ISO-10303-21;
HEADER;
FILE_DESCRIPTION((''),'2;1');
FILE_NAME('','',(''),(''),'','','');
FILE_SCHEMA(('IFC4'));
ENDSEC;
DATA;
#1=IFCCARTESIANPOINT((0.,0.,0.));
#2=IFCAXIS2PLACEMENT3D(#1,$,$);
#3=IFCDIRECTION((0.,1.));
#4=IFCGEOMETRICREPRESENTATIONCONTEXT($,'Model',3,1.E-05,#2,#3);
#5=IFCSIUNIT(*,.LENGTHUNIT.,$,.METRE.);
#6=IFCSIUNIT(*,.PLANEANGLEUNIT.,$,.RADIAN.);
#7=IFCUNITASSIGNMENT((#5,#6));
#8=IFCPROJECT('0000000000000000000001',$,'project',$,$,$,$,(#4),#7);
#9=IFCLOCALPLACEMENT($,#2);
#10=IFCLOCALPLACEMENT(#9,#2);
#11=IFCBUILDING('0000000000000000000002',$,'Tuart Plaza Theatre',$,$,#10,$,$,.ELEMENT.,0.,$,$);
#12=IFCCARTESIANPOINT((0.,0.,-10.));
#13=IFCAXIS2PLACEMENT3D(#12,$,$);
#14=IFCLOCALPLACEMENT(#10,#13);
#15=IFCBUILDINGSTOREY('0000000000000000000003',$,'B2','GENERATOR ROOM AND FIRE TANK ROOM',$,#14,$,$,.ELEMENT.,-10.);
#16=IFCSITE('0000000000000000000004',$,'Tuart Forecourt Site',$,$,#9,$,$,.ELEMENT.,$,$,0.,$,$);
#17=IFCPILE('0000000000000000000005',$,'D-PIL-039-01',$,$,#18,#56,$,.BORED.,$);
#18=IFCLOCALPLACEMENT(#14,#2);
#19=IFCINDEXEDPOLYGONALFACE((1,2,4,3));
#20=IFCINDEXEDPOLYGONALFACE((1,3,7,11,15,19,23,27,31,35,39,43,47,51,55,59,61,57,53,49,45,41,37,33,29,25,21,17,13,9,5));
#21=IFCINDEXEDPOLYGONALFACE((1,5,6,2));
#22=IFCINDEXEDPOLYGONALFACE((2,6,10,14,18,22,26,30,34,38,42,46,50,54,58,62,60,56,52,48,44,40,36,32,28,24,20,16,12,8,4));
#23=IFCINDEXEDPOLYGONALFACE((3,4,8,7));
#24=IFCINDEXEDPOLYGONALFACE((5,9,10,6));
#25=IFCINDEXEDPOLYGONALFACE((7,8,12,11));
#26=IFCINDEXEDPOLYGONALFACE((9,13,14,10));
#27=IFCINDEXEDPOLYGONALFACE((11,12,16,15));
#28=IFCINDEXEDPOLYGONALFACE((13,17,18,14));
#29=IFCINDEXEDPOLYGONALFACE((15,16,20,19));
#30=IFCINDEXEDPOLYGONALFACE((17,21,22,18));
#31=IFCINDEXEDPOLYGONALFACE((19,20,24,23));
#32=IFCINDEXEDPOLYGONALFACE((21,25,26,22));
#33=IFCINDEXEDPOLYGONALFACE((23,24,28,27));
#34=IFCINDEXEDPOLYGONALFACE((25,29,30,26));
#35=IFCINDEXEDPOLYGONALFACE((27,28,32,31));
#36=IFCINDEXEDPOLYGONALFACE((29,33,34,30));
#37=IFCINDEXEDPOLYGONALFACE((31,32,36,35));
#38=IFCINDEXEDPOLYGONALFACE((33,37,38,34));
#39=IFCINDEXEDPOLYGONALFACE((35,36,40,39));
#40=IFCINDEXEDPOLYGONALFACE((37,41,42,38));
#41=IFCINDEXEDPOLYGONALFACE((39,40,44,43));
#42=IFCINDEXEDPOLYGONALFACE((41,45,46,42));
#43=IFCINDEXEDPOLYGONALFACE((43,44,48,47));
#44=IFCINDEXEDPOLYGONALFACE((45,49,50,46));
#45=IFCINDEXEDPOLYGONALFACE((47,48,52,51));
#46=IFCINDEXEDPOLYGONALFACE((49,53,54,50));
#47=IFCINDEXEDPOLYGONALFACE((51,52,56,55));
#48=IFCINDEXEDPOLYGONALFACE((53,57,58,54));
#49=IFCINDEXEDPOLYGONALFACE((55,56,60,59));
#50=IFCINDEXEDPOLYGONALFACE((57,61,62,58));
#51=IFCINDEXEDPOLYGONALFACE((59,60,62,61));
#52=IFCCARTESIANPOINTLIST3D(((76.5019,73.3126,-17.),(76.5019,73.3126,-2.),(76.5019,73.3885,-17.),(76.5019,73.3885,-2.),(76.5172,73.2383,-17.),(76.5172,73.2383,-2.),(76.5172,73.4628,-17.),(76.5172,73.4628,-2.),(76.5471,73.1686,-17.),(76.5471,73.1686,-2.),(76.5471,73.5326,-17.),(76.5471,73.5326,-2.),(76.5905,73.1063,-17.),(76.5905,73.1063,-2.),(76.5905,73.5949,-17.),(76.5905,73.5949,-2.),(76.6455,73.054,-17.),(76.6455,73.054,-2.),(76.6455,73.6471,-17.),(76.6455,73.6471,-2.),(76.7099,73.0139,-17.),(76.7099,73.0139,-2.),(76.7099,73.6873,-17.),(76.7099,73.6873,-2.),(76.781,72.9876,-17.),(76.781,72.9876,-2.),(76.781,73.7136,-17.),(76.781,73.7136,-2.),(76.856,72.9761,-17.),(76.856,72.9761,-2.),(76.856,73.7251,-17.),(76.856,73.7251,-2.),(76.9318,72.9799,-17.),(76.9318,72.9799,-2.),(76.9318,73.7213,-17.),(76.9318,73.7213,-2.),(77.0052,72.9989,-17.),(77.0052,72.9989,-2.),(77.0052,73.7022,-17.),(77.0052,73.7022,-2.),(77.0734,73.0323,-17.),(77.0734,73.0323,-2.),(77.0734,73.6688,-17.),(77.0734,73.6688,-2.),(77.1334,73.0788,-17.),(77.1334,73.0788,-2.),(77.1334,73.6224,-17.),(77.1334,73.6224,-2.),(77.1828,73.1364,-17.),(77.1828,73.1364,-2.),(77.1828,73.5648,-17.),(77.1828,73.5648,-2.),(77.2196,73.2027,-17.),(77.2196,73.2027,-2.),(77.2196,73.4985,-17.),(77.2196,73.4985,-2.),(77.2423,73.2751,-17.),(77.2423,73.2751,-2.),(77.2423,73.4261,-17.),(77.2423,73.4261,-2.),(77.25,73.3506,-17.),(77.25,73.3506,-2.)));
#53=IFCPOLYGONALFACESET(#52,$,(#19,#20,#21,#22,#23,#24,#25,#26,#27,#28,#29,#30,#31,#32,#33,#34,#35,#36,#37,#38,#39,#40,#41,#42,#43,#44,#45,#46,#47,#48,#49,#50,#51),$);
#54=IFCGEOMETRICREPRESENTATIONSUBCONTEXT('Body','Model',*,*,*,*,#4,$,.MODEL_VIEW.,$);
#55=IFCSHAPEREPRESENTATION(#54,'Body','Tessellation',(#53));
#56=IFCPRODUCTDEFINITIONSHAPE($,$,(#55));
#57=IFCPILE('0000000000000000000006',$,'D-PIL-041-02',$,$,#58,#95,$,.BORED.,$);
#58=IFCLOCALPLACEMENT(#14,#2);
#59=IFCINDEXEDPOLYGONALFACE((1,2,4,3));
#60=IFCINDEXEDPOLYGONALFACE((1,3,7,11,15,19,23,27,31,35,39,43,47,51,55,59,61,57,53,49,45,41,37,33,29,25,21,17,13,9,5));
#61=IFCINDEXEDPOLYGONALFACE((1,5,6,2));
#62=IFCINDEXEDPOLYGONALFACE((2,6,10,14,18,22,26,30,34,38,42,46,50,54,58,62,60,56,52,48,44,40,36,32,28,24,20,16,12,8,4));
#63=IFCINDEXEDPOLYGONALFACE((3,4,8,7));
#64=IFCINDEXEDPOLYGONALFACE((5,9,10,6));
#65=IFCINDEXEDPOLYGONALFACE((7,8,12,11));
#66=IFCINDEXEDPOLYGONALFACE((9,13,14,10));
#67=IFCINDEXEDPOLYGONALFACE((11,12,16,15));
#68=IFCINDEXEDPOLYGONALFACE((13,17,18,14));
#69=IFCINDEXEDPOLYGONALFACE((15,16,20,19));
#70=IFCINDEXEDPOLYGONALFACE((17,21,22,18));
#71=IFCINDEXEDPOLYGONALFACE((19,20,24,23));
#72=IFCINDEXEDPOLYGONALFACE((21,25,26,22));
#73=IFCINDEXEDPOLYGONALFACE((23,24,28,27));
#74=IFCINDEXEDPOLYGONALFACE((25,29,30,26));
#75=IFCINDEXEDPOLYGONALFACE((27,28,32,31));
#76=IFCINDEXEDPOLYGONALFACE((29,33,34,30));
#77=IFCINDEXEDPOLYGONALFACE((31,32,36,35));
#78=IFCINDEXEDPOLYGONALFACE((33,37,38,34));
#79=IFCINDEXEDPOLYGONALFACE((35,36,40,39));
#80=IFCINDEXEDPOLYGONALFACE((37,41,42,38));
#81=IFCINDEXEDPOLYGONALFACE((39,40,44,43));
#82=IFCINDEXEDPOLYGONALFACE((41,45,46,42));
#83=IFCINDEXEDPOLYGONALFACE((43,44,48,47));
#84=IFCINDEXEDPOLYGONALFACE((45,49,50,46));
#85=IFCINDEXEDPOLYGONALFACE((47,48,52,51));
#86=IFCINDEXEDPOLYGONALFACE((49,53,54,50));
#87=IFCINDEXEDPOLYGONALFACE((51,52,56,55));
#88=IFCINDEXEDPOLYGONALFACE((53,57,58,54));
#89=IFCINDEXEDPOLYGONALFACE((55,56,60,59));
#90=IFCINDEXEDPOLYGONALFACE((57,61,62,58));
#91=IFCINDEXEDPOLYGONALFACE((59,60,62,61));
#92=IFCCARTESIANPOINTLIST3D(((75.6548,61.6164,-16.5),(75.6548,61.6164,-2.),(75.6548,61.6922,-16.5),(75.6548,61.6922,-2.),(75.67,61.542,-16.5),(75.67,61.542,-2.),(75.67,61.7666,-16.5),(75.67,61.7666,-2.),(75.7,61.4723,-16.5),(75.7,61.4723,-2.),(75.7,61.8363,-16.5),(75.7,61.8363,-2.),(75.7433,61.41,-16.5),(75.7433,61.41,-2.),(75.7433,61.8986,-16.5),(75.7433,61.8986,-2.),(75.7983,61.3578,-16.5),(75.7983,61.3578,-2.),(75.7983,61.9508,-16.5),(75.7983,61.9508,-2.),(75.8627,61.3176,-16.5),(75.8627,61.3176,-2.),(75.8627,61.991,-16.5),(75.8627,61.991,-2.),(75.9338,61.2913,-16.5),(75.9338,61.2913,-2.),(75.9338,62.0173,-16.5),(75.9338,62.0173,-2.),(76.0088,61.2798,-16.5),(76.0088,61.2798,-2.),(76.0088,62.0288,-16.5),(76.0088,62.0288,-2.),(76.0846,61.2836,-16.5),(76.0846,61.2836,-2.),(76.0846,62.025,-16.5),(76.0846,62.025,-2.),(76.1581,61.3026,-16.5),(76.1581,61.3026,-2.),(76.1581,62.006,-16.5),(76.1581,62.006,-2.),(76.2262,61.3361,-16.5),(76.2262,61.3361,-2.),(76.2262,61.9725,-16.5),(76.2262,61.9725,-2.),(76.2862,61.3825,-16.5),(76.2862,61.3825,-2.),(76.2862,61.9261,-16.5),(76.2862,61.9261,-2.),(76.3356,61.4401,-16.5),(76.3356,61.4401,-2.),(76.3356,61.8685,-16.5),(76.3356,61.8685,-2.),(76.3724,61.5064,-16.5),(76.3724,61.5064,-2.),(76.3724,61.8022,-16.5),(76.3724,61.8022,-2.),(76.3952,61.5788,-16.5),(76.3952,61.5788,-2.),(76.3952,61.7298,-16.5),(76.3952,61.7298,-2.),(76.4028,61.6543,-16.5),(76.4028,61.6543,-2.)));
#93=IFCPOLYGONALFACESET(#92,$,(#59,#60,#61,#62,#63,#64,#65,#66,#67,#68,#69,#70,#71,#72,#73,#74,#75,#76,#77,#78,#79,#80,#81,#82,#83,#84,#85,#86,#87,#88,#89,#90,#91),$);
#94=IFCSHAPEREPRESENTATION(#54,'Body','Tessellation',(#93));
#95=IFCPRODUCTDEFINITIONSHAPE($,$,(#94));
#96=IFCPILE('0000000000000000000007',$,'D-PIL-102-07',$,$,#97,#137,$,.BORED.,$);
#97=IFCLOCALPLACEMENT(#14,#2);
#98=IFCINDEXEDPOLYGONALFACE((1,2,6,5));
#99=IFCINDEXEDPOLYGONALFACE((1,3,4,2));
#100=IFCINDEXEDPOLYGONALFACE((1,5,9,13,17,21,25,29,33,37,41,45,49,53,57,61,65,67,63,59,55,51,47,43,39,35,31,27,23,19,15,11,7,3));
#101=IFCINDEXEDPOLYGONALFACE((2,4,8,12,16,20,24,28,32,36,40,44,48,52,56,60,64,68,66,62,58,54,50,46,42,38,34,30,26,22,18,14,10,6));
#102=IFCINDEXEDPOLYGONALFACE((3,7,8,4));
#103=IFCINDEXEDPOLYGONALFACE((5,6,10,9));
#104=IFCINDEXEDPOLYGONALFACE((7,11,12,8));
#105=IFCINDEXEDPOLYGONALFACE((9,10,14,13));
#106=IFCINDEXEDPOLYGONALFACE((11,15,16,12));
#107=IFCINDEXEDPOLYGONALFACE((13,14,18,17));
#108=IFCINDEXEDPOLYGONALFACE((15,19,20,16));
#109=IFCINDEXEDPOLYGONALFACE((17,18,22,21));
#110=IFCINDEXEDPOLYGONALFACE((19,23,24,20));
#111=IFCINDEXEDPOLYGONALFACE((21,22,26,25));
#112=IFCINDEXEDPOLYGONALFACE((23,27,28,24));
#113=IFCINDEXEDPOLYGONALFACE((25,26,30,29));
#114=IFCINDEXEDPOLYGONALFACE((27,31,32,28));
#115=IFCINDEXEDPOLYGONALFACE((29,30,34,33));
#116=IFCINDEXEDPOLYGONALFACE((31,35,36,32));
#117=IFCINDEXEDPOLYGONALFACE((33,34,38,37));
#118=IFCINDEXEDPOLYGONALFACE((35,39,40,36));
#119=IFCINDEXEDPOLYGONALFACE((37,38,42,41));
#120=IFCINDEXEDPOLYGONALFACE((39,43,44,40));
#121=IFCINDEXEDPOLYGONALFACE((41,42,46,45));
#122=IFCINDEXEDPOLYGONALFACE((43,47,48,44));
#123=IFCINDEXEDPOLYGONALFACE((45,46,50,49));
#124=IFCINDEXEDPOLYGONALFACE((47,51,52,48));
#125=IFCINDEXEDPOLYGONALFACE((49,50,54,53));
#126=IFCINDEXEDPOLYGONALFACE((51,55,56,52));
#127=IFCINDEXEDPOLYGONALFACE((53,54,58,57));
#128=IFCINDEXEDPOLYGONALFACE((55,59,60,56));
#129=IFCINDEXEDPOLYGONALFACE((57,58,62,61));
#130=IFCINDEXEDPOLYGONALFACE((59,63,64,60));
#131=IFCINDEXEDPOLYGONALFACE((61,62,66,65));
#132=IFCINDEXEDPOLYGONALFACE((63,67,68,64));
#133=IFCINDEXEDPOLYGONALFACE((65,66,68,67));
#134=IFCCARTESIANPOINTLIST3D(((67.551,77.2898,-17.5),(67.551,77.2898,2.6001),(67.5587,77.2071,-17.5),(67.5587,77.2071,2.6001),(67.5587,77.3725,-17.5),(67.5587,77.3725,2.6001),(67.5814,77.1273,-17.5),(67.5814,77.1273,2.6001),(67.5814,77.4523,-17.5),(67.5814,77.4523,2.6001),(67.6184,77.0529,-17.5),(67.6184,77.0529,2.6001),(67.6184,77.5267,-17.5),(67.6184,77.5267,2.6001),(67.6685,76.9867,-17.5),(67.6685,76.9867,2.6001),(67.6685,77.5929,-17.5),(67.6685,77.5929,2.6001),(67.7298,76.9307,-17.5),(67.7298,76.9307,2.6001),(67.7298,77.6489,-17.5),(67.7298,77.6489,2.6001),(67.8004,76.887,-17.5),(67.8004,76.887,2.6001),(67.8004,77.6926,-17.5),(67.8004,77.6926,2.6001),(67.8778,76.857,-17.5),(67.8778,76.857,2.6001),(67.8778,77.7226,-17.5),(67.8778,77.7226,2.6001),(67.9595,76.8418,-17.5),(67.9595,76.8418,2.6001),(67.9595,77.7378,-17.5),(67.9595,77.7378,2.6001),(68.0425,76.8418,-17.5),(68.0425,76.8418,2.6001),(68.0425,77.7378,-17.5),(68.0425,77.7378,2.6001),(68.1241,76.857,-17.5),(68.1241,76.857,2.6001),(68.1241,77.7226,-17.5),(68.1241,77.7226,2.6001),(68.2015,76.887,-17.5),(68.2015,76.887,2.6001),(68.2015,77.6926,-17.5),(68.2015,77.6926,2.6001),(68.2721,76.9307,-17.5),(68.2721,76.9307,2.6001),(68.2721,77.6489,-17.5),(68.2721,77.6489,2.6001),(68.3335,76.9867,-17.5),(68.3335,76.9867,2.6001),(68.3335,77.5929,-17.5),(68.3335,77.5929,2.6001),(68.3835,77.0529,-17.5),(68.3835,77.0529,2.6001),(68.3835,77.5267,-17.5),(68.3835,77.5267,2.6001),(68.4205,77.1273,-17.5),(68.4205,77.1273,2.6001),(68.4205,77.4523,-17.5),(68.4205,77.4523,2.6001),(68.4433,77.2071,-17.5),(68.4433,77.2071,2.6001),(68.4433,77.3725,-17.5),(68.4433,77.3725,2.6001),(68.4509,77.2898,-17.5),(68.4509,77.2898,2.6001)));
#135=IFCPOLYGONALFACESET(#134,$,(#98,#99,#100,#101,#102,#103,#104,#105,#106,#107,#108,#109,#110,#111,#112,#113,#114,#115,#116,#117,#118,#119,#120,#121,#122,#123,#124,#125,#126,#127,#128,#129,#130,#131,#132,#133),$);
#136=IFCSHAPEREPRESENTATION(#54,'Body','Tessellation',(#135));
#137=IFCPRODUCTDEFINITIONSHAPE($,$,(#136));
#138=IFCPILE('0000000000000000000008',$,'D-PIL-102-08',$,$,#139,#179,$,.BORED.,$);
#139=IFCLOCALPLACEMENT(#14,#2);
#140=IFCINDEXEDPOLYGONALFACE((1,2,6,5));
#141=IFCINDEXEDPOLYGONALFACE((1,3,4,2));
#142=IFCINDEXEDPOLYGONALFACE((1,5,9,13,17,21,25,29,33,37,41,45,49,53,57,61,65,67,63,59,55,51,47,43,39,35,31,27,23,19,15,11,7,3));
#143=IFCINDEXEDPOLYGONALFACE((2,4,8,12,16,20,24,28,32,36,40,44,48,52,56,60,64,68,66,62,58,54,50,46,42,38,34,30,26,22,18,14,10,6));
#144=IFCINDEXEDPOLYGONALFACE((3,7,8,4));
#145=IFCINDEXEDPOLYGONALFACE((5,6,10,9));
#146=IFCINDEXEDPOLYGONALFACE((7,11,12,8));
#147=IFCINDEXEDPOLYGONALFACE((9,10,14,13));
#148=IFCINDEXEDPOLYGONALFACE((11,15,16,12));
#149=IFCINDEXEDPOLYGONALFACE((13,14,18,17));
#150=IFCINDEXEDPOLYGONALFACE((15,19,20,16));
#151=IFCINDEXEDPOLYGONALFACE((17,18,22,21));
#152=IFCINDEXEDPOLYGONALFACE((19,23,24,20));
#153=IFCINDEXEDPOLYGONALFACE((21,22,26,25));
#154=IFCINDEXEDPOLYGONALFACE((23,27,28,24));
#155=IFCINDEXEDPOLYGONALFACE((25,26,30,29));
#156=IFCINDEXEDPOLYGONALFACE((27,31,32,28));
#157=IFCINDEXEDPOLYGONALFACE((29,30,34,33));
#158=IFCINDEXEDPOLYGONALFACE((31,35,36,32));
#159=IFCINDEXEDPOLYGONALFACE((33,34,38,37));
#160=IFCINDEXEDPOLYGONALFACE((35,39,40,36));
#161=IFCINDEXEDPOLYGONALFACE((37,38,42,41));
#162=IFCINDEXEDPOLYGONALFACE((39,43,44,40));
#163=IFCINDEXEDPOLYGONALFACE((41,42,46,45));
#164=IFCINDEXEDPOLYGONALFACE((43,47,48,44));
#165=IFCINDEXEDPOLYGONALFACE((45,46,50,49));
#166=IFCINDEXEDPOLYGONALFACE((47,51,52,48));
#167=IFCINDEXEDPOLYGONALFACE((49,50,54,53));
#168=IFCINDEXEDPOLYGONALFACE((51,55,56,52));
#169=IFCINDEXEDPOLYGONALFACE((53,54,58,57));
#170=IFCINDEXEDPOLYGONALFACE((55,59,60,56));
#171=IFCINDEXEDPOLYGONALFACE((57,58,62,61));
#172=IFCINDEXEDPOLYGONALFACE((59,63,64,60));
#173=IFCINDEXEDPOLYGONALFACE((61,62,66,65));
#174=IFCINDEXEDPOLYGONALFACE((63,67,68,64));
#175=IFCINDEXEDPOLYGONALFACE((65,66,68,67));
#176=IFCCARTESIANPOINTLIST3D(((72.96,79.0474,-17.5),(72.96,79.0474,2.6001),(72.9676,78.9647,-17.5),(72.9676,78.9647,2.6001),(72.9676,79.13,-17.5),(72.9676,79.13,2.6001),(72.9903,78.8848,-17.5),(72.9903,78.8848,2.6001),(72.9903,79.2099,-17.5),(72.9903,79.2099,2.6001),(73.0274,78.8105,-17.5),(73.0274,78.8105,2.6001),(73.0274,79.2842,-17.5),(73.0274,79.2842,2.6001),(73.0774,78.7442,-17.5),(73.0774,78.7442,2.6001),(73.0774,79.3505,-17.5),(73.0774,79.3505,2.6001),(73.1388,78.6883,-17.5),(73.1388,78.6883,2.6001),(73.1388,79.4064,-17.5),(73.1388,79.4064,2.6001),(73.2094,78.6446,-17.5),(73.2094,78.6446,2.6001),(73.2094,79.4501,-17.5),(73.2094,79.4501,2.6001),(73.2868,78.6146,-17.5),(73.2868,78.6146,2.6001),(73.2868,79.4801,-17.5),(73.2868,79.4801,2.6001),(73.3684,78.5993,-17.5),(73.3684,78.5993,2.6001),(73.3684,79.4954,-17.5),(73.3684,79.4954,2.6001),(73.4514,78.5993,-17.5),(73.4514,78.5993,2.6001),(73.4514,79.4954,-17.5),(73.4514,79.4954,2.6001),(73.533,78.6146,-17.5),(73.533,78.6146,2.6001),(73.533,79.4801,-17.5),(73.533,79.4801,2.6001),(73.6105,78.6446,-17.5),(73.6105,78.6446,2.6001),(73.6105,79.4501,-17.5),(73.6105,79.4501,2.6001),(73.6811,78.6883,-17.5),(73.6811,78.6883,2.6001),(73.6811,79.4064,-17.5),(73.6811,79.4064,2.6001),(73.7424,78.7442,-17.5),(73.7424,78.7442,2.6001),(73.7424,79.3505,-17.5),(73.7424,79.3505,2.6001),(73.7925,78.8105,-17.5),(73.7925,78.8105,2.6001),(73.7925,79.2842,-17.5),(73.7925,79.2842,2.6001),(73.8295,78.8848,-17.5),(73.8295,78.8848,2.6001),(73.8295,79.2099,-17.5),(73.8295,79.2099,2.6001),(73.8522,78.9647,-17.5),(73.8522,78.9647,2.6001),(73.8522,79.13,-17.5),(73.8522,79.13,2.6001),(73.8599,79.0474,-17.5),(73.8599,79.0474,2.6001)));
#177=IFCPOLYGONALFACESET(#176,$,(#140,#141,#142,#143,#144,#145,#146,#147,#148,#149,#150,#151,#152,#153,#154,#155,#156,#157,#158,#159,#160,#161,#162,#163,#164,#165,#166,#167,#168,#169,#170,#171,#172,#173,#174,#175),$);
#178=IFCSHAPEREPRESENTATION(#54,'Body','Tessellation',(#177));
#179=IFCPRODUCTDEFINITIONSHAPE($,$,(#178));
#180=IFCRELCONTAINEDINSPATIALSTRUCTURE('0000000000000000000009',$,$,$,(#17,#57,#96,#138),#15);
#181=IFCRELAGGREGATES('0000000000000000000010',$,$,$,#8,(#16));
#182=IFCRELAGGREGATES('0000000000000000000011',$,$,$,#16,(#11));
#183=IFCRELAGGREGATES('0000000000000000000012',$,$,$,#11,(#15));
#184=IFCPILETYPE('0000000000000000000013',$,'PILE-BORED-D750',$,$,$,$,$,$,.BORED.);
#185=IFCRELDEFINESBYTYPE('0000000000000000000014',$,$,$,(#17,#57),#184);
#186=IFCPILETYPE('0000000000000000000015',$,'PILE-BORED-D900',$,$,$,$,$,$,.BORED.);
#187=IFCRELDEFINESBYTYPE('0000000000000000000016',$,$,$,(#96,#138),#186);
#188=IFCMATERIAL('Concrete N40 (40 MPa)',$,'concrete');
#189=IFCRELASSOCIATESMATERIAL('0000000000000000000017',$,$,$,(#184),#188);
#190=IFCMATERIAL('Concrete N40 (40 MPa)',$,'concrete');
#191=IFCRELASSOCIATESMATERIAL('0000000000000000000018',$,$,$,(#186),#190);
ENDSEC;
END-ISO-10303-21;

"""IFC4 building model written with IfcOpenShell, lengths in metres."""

from ifc_helpers import new_model, si_unit, direction, frame, origin, origin_2d, place, context, subcontext, project, spatial, circle, extrude, material, material_profile, profile_set, type_object, element, save


model = new_model("IFC4")

# Units and contexts
model_context = context("Model", 3, precision=1e-05, world=origin(), true_north=direction((0.0, 1.0)))
body_context = subcontext(model_context, "Body", "Model", "MODEL_VIEW")
ifc_project = project(units=[si_unit("LENGTHUNIT", "METRE"), si_unit("PLANEANGLEUNIT", "RADIAN")], contexts=[model_context])

# Site, building, storey
site_placement = place(None, origin())
site = spatial("IfcSite", under=ifc_project, at=site_placement, Name="Tuart Forecourt Site", CompositionType="ELEMENT", RefElevation=0.0)
building_placement = place(site_placement, origin())
building = spatial("IfcBuilding", under=site, at=building_placement, Name="Tuart Plaza Theatre", CompositionType="ELEMENT", ElevationOfRefHeight=0.0)
storey_placement = place(building_placement, frame((0.0, 0.0, -10.0)))
storey = spatial("IfcBuildingStorey", under=building, at=storey_placement, Name="B2", Description="GENERATOR ROOM AND FIRE TANK ROOM", CompositionType="ELEMENT", Elevation=-10.0)

# Piles
ifc_material_1 = material(Name="Concrete N40 (40 MPa)", Category="concrete")
ifc_material_profile_1 = material_profile(ifc_material_1, circle(Radius=0.375, at=origin_2d()), Name="PILE-BORED-D750")
ifc_profile_set_1 = profile_set([ifc_material_profile_1], Name="Concrete N40 (40 MPa)")
pile_type_1 = type_object("IfcPileType", Name="PILE-BORED-D750", PredefinedType="BORED", material=ifc_profile_set_1)
for number, where, z_axis, x_axis, name in (
    (1, (76.875, 73.3506, -2.0), (0.0, 0.0, -1.0), (1.0, 0.0, 0.0), "D-PIL-039-01"),
):
    element("IfcPile", number, at=place(storey_placement, frame(where, z_axis=z_axis, x_axis=x_axis)), inside=storey, type_object=pile_type_1, Name=name, PredefinedType="BORED", context=body_context, shape_type="SweptSolid", body=[
        extrude(circle(Radius=0.375, at=origin_2d()), origin(), (0.0, 0.0, 1.0), 15.0),
    ])
pile_placement = place(storey_placement, frame((76.0278, 61.6543, -2.0), z_axis=(0.0, 0.0, -1.0), x_axis=(1.0, 0.0, 0.0)))
element("IfcPile", 2, at=pile_placement, inside=storey, type_object=pile_type_1, Name="D-PIL-041-02", PredefinedType="BORED", context=body_context, shape_type="SweptSolid", body=[
    extrude(circle(Radius=0.375, at=origin_2d()), origin(), (0.0, 0.0, 1.0), 14.5),
])
ifc_material_2 = material(Name="Concrete N40 (40 MPa)", Category="concrete")
ifc_material_profile_2 = material_profile(ifc_material_2, circle(Radius=0.45, at=origin_2d()), Name="PILE-BORED-D900")
ifc_profile_set_2 = profile_set([ifc_material_profile_2], Name="Concrete N40 (40 MPa)")
pile_type_2 = type_object("IfcPileType", Name="PILE-BORED-D900", PredefinedType="BORED", material=ifc_profile_set_2)
for number, where, z_axis, x_axis, name in (
    (3, (68.001, 77.2898, 2.6001), (0.0, 0.0, -1.0), (1.0, 0.0, 0.0), "D-PIL-102-07"),
    (4, (73.4099, 79.0474, 2.6001), (0.0, 0.0, -1.0), (1.0, 0.0, 0.0), "D-PIL-102-08"),
):
    element("IfcPile", number, at=place(storey_placement, frame(where, z_axis=z_axis, x_axis=x_axis)), inside=storey, type_object=pile_type_2, Name=name, PredefinedType="BORED", context=body_context, shape_type="SweptSolid", body=[
        extrude(circle(Radius=0.45, at=origin_2d()), origin(), (0.0, 0.0, 1.0), 20.1001),
    ])

save(model, "model.ifc")
